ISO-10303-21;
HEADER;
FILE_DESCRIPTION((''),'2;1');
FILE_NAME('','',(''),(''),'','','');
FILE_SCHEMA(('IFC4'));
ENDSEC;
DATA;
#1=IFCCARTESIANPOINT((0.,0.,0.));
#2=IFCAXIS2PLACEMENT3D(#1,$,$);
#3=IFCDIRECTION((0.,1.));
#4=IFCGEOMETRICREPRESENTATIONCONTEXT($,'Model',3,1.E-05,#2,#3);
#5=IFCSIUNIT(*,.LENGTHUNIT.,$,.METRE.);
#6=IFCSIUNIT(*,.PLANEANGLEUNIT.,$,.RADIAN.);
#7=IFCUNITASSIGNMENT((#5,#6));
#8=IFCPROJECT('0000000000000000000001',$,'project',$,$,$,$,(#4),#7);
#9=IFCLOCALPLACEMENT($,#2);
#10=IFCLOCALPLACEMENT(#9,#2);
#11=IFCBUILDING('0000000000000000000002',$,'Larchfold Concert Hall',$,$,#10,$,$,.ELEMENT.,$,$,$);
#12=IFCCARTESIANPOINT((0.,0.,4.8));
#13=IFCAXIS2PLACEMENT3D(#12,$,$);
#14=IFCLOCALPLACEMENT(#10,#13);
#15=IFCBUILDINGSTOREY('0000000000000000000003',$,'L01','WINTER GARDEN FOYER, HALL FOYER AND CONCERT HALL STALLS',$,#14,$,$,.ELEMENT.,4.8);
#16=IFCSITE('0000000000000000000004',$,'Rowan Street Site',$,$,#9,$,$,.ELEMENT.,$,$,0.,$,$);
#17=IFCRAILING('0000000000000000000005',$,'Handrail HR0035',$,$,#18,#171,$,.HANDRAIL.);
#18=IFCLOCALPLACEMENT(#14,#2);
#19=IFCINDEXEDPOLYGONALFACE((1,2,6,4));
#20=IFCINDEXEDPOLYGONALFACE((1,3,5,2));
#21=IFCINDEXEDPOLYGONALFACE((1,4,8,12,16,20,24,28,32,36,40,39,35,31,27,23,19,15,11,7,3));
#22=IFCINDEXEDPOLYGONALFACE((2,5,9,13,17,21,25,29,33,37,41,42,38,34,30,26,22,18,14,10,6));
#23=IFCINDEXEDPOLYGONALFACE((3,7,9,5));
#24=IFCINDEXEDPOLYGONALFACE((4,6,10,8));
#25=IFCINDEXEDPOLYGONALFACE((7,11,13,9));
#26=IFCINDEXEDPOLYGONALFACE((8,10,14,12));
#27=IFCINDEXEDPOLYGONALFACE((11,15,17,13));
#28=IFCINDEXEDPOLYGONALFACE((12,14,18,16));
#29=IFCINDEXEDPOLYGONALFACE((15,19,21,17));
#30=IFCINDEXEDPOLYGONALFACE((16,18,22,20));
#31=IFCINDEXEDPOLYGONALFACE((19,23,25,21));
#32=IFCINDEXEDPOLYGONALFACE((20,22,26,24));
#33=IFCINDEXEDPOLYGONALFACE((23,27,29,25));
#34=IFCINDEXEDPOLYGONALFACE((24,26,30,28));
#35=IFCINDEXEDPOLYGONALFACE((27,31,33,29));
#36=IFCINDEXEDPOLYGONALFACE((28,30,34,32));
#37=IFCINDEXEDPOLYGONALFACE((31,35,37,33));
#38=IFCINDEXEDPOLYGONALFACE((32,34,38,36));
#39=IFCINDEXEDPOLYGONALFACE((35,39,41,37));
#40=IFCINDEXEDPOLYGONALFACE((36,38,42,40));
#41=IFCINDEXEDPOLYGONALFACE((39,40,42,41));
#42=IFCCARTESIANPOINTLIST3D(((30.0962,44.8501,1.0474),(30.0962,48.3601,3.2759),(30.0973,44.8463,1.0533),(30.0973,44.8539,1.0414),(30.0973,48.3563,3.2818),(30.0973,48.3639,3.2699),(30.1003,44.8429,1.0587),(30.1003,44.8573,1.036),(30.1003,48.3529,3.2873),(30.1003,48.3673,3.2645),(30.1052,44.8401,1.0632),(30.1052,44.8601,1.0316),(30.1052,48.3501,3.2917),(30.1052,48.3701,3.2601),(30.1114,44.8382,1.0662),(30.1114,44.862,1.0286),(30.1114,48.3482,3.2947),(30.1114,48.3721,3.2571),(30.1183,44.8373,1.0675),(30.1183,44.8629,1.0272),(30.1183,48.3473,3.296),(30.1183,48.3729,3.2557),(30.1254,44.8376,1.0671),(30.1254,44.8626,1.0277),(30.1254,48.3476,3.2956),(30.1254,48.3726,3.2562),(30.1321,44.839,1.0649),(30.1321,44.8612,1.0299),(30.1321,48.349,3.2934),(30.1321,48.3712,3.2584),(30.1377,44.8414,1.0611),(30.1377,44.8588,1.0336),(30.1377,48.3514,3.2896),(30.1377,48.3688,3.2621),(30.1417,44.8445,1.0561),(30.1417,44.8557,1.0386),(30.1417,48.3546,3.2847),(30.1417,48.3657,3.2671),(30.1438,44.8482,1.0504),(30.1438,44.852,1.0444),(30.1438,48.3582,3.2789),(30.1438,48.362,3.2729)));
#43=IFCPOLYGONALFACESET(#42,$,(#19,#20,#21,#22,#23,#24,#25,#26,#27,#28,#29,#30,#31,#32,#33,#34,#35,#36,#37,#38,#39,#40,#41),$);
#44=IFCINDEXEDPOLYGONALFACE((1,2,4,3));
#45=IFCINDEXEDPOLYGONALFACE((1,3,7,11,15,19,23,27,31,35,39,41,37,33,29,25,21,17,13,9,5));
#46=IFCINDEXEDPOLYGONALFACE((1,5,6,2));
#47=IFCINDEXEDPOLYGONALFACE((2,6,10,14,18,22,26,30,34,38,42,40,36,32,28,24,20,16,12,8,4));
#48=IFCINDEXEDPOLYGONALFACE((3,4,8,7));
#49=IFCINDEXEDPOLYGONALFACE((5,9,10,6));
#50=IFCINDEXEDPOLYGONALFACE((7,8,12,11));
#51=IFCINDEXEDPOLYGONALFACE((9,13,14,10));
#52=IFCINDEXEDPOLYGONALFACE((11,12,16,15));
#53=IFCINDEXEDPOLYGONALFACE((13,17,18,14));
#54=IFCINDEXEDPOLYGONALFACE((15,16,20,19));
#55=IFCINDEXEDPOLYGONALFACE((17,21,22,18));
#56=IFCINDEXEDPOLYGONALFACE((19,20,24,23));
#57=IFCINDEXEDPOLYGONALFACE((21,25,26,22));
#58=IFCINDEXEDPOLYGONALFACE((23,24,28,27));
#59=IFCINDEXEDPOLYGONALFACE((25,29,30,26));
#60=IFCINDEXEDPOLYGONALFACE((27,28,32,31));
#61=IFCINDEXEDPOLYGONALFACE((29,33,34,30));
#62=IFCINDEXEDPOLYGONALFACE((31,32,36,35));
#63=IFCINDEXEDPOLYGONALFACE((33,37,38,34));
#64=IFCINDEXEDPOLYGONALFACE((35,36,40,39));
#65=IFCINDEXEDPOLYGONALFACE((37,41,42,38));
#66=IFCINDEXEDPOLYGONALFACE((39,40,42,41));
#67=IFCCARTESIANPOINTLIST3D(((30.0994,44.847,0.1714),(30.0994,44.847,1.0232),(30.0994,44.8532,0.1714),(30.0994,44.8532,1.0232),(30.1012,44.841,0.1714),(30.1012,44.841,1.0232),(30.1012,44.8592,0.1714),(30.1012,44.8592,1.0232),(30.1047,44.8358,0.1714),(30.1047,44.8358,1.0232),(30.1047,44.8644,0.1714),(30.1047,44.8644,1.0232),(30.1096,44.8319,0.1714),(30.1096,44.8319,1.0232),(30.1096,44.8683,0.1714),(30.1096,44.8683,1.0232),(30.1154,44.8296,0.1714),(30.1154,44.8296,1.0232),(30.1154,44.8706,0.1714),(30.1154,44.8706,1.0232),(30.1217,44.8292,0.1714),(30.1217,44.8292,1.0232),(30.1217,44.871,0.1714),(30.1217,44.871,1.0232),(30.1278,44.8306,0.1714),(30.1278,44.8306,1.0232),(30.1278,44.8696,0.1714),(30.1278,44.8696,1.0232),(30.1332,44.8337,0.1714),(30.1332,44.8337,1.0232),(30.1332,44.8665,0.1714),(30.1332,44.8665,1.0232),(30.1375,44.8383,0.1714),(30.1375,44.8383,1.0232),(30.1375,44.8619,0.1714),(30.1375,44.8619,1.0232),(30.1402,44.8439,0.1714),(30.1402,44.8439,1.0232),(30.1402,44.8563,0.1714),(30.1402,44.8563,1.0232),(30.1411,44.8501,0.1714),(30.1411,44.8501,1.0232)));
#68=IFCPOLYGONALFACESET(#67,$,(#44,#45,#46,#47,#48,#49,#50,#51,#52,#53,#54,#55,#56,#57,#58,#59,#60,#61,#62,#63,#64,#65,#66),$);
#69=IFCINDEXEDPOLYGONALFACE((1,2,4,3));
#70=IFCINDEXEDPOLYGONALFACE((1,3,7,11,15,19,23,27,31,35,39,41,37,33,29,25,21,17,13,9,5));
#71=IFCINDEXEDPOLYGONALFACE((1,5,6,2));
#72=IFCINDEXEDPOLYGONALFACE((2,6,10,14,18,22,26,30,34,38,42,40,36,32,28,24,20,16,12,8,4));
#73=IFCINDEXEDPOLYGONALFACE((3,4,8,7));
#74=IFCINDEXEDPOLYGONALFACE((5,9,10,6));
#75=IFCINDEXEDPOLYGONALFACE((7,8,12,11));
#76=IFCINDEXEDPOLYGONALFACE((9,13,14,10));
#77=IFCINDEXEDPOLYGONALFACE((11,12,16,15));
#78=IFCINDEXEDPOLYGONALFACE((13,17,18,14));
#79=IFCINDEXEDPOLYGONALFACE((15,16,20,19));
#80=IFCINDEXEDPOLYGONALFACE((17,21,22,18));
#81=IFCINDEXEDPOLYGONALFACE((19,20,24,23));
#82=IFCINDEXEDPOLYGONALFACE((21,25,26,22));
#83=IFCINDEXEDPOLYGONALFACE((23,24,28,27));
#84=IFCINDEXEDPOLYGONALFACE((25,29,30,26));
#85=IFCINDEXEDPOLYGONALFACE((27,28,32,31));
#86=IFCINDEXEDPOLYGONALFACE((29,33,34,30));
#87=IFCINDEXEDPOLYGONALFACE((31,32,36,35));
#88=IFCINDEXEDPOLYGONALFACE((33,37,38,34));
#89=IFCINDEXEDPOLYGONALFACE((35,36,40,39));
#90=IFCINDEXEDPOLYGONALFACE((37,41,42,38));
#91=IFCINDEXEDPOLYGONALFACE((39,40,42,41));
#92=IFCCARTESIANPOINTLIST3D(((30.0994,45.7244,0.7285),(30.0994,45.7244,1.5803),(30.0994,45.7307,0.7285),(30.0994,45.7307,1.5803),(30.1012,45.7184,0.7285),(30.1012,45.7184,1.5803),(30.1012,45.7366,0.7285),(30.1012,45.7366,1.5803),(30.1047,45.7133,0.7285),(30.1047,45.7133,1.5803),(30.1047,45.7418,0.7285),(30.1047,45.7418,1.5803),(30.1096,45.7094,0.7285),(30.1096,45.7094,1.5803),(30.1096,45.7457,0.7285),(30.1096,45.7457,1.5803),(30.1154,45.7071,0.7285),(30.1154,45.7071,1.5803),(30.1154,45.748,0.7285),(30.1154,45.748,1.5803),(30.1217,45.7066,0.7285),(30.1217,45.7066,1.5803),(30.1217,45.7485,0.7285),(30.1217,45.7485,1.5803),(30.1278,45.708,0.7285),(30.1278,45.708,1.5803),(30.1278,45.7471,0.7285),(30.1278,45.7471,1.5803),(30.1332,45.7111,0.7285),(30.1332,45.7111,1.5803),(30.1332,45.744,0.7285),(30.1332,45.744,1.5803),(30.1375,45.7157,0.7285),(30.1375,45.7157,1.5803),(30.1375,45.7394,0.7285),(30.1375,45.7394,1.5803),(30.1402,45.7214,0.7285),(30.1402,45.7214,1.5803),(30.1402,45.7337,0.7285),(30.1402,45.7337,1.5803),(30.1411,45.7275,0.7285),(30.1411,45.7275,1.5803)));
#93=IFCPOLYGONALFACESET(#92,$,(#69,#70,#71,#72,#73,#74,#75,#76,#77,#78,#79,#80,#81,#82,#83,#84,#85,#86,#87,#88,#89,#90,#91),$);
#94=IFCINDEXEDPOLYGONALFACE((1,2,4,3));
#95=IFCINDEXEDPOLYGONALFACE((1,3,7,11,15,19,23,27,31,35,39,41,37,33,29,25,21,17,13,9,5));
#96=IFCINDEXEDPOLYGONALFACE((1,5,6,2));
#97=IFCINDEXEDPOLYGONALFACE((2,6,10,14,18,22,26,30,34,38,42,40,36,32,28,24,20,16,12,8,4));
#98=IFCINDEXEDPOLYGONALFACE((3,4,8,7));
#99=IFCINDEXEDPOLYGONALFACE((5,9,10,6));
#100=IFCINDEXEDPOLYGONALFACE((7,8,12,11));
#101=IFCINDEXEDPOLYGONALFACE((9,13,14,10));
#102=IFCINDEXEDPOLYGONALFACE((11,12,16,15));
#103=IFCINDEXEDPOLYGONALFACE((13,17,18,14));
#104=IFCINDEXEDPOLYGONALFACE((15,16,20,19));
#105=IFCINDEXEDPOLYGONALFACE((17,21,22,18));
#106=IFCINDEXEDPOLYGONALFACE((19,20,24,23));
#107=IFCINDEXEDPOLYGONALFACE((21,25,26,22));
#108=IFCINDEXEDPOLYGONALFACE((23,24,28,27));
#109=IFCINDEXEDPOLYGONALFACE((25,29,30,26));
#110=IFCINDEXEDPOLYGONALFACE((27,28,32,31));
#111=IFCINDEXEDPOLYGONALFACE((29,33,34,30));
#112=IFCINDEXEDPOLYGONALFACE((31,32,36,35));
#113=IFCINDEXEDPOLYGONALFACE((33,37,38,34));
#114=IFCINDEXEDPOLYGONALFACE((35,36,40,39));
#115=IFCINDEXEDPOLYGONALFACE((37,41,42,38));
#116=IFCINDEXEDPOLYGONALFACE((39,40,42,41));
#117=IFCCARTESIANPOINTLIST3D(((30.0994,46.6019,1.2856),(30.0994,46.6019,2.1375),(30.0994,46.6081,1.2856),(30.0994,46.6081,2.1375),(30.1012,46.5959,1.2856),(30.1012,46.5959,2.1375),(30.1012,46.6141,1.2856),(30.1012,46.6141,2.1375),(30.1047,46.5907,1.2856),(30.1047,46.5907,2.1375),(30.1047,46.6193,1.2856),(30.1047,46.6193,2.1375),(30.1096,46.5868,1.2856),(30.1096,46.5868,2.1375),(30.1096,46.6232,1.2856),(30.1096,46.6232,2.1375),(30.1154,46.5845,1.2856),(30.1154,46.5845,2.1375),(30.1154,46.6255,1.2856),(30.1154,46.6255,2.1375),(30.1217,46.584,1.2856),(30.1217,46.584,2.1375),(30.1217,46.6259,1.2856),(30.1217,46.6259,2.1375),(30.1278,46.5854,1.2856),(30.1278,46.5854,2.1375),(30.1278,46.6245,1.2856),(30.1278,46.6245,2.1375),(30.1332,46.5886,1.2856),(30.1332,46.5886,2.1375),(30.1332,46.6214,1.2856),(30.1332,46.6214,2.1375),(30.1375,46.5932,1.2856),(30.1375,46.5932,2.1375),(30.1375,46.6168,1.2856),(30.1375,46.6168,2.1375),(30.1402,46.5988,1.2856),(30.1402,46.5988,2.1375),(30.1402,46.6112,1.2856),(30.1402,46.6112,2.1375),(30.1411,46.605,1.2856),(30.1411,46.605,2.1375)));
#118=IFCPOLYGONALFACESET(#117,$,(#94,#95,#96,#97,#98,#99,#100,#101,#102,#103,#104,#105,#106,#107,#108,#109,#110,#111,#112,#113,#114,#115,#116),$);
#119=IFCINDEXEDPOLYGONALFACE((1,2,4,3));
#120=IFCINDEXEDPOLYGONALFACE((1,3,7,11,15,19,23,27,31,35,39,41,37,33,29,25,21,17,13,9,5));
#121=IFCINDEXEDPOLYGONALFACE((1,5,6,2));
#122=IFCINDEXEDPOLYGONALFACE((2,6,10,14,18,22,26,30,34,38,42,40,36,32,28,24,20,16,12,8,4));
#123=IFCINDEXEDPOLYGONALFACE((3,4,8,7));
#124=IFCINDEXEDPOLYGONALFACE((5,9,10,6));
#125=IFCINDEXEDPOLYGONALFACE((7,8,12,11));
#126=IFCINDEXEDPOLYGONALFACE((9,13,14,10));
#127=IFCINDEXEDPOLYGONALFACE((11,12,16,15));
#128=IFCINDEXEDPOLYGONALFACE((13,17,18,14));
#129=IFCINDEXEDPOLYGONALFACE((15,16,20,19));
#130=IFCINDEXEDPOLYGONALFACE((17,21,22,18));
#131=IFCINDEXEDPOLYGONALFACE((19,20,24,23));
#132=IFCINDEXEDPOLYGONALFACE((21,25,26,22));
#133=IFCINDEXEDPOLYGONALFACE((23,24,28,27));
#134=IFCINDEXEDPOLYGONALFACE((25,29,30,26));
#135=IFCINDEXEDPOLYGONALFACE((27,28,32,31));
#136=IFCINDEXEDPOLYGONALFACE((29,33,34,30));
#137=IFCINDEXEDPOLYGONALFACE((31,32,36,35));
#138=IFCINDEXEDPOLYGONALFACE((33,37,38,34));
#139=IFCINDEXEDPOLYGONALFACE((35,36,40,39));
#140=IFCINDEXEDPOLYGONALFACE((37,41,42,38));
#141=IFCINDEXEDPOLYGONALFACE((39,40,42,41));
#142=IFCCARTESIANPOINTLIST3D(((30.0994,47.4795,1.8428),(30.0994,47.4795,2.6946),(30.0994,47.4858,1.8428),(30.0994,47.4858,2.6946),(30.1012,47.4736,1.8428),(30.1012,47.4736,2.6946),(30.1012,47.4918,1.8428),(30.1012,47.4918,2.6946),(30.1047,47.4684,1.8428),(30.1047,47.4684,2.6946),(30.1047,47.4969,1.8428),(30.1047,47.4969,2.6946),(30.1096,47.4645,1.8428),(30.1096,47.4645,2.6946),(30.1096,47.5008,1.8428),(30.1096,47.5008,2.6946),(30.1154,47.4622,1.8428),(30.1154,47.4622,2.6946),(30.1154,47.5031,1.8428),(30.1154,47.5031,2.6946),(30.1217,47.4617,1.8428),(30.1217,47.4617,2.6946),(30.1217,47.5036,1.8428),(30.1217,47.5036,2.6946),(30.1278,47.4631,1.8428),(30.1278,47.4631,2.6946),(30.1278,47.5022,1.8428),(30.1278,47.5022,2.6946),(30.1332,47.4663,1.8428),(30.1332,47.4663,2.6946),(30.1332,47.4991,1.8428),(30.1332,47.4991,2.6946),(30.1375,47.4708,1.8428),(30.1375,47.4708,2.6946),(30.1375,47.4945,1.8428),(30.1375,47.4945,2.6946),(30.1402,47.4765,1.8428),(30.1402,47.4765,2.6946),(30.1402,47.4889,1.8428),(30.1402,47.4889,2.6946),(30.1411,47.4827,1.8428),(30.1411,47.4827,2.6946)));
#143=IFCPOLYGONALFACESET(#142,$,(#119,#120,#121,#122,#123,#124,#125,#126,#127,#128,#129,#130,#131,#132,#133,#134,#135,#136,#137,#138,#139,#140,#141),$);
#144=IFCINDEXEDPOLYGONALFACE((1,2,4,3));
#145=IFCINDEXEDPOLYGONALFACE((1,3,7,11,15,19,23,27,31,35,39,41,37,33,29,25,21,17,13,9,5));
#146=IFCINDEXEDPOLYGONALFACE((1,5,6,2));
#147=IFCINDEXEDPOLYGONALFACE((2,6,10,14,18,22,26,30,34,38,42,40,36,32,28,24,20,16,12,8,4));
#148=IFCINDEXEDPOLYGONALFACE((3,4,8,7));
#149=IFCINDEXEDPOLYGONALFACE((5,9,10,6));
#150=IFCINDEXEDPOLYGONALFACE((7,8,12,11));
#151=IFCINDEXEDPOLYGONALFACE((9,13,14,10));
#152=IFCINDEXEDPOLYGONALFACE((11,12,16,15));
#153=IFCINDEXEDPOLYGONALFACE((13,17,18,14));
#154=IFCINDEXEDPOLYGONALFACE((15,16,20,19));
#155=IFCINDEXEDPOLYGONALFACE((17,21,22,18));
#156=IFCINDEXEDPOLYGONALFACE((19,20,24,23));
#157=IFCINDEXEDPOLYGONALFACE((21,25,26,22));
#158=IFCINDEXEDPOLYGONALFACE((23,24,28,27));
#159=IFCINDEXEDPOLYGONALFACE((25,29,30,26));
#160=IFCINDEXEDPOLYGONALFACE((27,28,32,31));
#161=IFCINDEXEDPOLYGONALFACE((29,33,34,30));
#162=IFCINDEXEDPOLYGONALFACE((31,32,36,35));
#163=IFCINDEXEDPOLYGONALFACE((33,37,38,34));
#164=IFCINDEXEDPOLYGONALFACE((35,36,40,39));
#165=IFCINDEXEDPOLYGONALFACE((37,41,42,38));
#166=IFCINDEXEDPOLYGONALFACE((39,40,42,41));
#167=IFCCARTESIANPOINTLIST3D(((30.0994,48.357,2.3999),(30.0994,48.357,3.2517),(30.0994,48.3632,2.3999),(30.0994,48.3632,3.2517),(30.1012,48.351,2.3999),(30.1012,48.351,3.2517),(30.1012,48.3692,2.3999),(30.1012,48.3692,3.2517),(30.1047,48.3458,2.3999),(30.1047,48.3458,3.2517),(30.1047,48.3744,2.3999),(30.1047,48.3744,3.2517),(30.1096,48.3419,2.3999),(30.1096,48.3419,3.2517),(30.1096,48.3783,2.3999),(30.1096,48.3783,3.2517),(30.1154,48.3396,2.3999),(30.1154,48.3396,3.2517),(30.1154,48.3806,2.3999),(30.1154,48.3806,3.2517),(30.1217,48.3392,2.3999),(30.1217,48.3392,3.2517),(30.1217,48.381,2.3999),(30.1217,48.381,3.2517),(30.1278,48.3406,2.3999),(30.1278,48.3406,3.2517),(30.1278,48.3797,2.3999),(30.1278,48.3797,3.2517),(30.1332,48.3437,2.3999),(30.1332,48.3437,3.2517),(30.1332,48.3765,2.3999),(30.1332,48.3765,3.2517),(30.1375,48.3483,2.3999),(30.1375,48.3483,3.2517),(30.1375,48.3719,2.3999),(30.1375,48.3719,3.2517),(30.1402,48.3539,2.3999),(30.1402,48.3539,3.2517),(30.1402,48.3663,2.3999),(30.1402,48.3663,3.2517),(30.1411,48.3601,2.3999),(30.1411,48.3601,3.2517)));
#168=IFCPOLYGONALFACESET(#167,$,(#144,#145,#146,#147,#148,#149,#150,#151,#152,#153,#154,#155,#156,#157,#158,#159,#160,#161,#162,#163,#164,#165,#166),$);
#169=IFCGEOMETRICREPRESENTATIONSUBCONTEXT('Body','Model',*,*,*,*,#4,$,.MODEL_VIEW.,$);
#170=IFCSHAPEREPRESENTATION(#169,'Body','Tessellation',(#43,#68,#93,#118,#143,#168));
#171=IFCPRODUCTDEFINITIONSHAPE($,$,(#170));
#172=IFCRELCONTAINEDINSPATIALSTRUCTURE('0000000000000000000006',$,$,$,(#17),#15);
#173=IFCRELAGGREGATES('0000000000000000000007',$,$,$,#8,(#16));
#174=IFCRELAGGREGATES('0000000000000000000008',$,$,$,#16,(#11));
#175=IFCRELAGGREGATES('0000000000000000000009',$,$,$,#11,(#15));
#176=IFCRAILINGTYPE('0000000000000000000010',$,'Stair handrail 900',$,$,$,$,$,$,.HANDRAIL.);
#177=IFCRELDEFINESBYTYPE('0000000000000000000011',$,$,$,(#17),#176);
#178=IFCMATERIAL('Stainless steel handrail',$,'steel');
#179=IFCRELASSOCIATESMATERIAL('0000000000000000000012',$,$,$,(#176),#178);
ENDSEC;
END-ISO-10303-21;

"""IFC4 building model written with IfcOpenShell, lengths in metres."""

from ifc_helpers import new_model, si_unit, direction, frame, origin, origin_2d, place, context, subcontext, project, spatial, circle, extrude, material, type_object, element, save


model = new_model("IFC4")

# Units and contexts
model_context = context("Model", 3, precision=1e-05, world=origin(), true_north=direction((0.0, 1.0)))
body_context = subcontext(model_context, "Body", "Model", "MODEL_VIEW")
ifc_project = project(units=[si_unit("LENGTHUNIT", "METRE"), si_unit("PLANEANGLEUNIT", "RADIAN")], contexts=[model_context])

# Site, building, storey
site_placement = place(None, origin())
site = spatial("IfcSite", under=ifc_project, at=site_placement, Name="Rowan Street Site", CompositionType="ELEMENT", RefElevation=0.0)
building_placement = place(site_placement, origin())
building = spatial("IfcBuilding", under=site, at=building_placement, Name="Larchfold Concert Hall", CompositionType="ELEMENT")
storey_placement = place(building_placement, frame((0.0, 0.0, 4.8)))
storey = spatial("IfcBuildingStorey", under=building, at=storey_placement, Name="L01", Description="WINTER GARDEN FOYER, HALL FOYER AND CONCERT HALL STALLS", CompositionType="ELEMENT", Elevation=4.8)

# Railing
ifc_material_1 = material(Name="Stainless steel handrail", Category="steel")
railing_type_1 = type_object("IfcRailingType", Name="Stair handrail 900", PredefinedType="HANDRAIL", material=ifc_material_1)
railing_1_placement = place(storey_placement, frame((30.1201, 44.8501, 0.1714)))
element("IfcRailing", 1, at=railing_1_placement, inside=storey, type_object=railing_type_1, Name="Handrail HR0035", PredefinedType="HANDRAIL", context=body_context, shape_type="SweptSolid", body=[
    extrude(circle(Radius=0.0239, at=origin_2d()), frame((0.0, 0.0, 0.876), z_axis=(0.0, 0.84422, 0.535998), x_axis=(-1.0, 0.0, 0.0)), (0.0, 0.0, 1.0), 4.1577),
    extrude(circle(Radius=0.021, at=origin_2d()), origin(), (0.0, 0.0, 1.0), 0.8518),
    extrude(circle(Radius=0.021, at=origin_2d()), frame((0.0, 0.8774, 0.5571)), (0.0, 0.0, 1.0), 0.8518),
    extrude(circle(Radius=0.021, at=origin_2d()), frame((0.0, 1.7549, 1.1143)), (0.0, 0.0, 1.0), 0.8518),
    extrude(circle(Radius=0.021, at=origin_2d()), frame((0.0, 2.6326, 1.6714)), (0.0, 0.0, 1.0), 0.8518),
    extrude(circle(Radius=0.021, at=origin_2d()), frame((0.0, 3.51, 2.2285)), (0.0, 0.0, 1.0), 0.8518),
])

save(model, "model.ifc")
